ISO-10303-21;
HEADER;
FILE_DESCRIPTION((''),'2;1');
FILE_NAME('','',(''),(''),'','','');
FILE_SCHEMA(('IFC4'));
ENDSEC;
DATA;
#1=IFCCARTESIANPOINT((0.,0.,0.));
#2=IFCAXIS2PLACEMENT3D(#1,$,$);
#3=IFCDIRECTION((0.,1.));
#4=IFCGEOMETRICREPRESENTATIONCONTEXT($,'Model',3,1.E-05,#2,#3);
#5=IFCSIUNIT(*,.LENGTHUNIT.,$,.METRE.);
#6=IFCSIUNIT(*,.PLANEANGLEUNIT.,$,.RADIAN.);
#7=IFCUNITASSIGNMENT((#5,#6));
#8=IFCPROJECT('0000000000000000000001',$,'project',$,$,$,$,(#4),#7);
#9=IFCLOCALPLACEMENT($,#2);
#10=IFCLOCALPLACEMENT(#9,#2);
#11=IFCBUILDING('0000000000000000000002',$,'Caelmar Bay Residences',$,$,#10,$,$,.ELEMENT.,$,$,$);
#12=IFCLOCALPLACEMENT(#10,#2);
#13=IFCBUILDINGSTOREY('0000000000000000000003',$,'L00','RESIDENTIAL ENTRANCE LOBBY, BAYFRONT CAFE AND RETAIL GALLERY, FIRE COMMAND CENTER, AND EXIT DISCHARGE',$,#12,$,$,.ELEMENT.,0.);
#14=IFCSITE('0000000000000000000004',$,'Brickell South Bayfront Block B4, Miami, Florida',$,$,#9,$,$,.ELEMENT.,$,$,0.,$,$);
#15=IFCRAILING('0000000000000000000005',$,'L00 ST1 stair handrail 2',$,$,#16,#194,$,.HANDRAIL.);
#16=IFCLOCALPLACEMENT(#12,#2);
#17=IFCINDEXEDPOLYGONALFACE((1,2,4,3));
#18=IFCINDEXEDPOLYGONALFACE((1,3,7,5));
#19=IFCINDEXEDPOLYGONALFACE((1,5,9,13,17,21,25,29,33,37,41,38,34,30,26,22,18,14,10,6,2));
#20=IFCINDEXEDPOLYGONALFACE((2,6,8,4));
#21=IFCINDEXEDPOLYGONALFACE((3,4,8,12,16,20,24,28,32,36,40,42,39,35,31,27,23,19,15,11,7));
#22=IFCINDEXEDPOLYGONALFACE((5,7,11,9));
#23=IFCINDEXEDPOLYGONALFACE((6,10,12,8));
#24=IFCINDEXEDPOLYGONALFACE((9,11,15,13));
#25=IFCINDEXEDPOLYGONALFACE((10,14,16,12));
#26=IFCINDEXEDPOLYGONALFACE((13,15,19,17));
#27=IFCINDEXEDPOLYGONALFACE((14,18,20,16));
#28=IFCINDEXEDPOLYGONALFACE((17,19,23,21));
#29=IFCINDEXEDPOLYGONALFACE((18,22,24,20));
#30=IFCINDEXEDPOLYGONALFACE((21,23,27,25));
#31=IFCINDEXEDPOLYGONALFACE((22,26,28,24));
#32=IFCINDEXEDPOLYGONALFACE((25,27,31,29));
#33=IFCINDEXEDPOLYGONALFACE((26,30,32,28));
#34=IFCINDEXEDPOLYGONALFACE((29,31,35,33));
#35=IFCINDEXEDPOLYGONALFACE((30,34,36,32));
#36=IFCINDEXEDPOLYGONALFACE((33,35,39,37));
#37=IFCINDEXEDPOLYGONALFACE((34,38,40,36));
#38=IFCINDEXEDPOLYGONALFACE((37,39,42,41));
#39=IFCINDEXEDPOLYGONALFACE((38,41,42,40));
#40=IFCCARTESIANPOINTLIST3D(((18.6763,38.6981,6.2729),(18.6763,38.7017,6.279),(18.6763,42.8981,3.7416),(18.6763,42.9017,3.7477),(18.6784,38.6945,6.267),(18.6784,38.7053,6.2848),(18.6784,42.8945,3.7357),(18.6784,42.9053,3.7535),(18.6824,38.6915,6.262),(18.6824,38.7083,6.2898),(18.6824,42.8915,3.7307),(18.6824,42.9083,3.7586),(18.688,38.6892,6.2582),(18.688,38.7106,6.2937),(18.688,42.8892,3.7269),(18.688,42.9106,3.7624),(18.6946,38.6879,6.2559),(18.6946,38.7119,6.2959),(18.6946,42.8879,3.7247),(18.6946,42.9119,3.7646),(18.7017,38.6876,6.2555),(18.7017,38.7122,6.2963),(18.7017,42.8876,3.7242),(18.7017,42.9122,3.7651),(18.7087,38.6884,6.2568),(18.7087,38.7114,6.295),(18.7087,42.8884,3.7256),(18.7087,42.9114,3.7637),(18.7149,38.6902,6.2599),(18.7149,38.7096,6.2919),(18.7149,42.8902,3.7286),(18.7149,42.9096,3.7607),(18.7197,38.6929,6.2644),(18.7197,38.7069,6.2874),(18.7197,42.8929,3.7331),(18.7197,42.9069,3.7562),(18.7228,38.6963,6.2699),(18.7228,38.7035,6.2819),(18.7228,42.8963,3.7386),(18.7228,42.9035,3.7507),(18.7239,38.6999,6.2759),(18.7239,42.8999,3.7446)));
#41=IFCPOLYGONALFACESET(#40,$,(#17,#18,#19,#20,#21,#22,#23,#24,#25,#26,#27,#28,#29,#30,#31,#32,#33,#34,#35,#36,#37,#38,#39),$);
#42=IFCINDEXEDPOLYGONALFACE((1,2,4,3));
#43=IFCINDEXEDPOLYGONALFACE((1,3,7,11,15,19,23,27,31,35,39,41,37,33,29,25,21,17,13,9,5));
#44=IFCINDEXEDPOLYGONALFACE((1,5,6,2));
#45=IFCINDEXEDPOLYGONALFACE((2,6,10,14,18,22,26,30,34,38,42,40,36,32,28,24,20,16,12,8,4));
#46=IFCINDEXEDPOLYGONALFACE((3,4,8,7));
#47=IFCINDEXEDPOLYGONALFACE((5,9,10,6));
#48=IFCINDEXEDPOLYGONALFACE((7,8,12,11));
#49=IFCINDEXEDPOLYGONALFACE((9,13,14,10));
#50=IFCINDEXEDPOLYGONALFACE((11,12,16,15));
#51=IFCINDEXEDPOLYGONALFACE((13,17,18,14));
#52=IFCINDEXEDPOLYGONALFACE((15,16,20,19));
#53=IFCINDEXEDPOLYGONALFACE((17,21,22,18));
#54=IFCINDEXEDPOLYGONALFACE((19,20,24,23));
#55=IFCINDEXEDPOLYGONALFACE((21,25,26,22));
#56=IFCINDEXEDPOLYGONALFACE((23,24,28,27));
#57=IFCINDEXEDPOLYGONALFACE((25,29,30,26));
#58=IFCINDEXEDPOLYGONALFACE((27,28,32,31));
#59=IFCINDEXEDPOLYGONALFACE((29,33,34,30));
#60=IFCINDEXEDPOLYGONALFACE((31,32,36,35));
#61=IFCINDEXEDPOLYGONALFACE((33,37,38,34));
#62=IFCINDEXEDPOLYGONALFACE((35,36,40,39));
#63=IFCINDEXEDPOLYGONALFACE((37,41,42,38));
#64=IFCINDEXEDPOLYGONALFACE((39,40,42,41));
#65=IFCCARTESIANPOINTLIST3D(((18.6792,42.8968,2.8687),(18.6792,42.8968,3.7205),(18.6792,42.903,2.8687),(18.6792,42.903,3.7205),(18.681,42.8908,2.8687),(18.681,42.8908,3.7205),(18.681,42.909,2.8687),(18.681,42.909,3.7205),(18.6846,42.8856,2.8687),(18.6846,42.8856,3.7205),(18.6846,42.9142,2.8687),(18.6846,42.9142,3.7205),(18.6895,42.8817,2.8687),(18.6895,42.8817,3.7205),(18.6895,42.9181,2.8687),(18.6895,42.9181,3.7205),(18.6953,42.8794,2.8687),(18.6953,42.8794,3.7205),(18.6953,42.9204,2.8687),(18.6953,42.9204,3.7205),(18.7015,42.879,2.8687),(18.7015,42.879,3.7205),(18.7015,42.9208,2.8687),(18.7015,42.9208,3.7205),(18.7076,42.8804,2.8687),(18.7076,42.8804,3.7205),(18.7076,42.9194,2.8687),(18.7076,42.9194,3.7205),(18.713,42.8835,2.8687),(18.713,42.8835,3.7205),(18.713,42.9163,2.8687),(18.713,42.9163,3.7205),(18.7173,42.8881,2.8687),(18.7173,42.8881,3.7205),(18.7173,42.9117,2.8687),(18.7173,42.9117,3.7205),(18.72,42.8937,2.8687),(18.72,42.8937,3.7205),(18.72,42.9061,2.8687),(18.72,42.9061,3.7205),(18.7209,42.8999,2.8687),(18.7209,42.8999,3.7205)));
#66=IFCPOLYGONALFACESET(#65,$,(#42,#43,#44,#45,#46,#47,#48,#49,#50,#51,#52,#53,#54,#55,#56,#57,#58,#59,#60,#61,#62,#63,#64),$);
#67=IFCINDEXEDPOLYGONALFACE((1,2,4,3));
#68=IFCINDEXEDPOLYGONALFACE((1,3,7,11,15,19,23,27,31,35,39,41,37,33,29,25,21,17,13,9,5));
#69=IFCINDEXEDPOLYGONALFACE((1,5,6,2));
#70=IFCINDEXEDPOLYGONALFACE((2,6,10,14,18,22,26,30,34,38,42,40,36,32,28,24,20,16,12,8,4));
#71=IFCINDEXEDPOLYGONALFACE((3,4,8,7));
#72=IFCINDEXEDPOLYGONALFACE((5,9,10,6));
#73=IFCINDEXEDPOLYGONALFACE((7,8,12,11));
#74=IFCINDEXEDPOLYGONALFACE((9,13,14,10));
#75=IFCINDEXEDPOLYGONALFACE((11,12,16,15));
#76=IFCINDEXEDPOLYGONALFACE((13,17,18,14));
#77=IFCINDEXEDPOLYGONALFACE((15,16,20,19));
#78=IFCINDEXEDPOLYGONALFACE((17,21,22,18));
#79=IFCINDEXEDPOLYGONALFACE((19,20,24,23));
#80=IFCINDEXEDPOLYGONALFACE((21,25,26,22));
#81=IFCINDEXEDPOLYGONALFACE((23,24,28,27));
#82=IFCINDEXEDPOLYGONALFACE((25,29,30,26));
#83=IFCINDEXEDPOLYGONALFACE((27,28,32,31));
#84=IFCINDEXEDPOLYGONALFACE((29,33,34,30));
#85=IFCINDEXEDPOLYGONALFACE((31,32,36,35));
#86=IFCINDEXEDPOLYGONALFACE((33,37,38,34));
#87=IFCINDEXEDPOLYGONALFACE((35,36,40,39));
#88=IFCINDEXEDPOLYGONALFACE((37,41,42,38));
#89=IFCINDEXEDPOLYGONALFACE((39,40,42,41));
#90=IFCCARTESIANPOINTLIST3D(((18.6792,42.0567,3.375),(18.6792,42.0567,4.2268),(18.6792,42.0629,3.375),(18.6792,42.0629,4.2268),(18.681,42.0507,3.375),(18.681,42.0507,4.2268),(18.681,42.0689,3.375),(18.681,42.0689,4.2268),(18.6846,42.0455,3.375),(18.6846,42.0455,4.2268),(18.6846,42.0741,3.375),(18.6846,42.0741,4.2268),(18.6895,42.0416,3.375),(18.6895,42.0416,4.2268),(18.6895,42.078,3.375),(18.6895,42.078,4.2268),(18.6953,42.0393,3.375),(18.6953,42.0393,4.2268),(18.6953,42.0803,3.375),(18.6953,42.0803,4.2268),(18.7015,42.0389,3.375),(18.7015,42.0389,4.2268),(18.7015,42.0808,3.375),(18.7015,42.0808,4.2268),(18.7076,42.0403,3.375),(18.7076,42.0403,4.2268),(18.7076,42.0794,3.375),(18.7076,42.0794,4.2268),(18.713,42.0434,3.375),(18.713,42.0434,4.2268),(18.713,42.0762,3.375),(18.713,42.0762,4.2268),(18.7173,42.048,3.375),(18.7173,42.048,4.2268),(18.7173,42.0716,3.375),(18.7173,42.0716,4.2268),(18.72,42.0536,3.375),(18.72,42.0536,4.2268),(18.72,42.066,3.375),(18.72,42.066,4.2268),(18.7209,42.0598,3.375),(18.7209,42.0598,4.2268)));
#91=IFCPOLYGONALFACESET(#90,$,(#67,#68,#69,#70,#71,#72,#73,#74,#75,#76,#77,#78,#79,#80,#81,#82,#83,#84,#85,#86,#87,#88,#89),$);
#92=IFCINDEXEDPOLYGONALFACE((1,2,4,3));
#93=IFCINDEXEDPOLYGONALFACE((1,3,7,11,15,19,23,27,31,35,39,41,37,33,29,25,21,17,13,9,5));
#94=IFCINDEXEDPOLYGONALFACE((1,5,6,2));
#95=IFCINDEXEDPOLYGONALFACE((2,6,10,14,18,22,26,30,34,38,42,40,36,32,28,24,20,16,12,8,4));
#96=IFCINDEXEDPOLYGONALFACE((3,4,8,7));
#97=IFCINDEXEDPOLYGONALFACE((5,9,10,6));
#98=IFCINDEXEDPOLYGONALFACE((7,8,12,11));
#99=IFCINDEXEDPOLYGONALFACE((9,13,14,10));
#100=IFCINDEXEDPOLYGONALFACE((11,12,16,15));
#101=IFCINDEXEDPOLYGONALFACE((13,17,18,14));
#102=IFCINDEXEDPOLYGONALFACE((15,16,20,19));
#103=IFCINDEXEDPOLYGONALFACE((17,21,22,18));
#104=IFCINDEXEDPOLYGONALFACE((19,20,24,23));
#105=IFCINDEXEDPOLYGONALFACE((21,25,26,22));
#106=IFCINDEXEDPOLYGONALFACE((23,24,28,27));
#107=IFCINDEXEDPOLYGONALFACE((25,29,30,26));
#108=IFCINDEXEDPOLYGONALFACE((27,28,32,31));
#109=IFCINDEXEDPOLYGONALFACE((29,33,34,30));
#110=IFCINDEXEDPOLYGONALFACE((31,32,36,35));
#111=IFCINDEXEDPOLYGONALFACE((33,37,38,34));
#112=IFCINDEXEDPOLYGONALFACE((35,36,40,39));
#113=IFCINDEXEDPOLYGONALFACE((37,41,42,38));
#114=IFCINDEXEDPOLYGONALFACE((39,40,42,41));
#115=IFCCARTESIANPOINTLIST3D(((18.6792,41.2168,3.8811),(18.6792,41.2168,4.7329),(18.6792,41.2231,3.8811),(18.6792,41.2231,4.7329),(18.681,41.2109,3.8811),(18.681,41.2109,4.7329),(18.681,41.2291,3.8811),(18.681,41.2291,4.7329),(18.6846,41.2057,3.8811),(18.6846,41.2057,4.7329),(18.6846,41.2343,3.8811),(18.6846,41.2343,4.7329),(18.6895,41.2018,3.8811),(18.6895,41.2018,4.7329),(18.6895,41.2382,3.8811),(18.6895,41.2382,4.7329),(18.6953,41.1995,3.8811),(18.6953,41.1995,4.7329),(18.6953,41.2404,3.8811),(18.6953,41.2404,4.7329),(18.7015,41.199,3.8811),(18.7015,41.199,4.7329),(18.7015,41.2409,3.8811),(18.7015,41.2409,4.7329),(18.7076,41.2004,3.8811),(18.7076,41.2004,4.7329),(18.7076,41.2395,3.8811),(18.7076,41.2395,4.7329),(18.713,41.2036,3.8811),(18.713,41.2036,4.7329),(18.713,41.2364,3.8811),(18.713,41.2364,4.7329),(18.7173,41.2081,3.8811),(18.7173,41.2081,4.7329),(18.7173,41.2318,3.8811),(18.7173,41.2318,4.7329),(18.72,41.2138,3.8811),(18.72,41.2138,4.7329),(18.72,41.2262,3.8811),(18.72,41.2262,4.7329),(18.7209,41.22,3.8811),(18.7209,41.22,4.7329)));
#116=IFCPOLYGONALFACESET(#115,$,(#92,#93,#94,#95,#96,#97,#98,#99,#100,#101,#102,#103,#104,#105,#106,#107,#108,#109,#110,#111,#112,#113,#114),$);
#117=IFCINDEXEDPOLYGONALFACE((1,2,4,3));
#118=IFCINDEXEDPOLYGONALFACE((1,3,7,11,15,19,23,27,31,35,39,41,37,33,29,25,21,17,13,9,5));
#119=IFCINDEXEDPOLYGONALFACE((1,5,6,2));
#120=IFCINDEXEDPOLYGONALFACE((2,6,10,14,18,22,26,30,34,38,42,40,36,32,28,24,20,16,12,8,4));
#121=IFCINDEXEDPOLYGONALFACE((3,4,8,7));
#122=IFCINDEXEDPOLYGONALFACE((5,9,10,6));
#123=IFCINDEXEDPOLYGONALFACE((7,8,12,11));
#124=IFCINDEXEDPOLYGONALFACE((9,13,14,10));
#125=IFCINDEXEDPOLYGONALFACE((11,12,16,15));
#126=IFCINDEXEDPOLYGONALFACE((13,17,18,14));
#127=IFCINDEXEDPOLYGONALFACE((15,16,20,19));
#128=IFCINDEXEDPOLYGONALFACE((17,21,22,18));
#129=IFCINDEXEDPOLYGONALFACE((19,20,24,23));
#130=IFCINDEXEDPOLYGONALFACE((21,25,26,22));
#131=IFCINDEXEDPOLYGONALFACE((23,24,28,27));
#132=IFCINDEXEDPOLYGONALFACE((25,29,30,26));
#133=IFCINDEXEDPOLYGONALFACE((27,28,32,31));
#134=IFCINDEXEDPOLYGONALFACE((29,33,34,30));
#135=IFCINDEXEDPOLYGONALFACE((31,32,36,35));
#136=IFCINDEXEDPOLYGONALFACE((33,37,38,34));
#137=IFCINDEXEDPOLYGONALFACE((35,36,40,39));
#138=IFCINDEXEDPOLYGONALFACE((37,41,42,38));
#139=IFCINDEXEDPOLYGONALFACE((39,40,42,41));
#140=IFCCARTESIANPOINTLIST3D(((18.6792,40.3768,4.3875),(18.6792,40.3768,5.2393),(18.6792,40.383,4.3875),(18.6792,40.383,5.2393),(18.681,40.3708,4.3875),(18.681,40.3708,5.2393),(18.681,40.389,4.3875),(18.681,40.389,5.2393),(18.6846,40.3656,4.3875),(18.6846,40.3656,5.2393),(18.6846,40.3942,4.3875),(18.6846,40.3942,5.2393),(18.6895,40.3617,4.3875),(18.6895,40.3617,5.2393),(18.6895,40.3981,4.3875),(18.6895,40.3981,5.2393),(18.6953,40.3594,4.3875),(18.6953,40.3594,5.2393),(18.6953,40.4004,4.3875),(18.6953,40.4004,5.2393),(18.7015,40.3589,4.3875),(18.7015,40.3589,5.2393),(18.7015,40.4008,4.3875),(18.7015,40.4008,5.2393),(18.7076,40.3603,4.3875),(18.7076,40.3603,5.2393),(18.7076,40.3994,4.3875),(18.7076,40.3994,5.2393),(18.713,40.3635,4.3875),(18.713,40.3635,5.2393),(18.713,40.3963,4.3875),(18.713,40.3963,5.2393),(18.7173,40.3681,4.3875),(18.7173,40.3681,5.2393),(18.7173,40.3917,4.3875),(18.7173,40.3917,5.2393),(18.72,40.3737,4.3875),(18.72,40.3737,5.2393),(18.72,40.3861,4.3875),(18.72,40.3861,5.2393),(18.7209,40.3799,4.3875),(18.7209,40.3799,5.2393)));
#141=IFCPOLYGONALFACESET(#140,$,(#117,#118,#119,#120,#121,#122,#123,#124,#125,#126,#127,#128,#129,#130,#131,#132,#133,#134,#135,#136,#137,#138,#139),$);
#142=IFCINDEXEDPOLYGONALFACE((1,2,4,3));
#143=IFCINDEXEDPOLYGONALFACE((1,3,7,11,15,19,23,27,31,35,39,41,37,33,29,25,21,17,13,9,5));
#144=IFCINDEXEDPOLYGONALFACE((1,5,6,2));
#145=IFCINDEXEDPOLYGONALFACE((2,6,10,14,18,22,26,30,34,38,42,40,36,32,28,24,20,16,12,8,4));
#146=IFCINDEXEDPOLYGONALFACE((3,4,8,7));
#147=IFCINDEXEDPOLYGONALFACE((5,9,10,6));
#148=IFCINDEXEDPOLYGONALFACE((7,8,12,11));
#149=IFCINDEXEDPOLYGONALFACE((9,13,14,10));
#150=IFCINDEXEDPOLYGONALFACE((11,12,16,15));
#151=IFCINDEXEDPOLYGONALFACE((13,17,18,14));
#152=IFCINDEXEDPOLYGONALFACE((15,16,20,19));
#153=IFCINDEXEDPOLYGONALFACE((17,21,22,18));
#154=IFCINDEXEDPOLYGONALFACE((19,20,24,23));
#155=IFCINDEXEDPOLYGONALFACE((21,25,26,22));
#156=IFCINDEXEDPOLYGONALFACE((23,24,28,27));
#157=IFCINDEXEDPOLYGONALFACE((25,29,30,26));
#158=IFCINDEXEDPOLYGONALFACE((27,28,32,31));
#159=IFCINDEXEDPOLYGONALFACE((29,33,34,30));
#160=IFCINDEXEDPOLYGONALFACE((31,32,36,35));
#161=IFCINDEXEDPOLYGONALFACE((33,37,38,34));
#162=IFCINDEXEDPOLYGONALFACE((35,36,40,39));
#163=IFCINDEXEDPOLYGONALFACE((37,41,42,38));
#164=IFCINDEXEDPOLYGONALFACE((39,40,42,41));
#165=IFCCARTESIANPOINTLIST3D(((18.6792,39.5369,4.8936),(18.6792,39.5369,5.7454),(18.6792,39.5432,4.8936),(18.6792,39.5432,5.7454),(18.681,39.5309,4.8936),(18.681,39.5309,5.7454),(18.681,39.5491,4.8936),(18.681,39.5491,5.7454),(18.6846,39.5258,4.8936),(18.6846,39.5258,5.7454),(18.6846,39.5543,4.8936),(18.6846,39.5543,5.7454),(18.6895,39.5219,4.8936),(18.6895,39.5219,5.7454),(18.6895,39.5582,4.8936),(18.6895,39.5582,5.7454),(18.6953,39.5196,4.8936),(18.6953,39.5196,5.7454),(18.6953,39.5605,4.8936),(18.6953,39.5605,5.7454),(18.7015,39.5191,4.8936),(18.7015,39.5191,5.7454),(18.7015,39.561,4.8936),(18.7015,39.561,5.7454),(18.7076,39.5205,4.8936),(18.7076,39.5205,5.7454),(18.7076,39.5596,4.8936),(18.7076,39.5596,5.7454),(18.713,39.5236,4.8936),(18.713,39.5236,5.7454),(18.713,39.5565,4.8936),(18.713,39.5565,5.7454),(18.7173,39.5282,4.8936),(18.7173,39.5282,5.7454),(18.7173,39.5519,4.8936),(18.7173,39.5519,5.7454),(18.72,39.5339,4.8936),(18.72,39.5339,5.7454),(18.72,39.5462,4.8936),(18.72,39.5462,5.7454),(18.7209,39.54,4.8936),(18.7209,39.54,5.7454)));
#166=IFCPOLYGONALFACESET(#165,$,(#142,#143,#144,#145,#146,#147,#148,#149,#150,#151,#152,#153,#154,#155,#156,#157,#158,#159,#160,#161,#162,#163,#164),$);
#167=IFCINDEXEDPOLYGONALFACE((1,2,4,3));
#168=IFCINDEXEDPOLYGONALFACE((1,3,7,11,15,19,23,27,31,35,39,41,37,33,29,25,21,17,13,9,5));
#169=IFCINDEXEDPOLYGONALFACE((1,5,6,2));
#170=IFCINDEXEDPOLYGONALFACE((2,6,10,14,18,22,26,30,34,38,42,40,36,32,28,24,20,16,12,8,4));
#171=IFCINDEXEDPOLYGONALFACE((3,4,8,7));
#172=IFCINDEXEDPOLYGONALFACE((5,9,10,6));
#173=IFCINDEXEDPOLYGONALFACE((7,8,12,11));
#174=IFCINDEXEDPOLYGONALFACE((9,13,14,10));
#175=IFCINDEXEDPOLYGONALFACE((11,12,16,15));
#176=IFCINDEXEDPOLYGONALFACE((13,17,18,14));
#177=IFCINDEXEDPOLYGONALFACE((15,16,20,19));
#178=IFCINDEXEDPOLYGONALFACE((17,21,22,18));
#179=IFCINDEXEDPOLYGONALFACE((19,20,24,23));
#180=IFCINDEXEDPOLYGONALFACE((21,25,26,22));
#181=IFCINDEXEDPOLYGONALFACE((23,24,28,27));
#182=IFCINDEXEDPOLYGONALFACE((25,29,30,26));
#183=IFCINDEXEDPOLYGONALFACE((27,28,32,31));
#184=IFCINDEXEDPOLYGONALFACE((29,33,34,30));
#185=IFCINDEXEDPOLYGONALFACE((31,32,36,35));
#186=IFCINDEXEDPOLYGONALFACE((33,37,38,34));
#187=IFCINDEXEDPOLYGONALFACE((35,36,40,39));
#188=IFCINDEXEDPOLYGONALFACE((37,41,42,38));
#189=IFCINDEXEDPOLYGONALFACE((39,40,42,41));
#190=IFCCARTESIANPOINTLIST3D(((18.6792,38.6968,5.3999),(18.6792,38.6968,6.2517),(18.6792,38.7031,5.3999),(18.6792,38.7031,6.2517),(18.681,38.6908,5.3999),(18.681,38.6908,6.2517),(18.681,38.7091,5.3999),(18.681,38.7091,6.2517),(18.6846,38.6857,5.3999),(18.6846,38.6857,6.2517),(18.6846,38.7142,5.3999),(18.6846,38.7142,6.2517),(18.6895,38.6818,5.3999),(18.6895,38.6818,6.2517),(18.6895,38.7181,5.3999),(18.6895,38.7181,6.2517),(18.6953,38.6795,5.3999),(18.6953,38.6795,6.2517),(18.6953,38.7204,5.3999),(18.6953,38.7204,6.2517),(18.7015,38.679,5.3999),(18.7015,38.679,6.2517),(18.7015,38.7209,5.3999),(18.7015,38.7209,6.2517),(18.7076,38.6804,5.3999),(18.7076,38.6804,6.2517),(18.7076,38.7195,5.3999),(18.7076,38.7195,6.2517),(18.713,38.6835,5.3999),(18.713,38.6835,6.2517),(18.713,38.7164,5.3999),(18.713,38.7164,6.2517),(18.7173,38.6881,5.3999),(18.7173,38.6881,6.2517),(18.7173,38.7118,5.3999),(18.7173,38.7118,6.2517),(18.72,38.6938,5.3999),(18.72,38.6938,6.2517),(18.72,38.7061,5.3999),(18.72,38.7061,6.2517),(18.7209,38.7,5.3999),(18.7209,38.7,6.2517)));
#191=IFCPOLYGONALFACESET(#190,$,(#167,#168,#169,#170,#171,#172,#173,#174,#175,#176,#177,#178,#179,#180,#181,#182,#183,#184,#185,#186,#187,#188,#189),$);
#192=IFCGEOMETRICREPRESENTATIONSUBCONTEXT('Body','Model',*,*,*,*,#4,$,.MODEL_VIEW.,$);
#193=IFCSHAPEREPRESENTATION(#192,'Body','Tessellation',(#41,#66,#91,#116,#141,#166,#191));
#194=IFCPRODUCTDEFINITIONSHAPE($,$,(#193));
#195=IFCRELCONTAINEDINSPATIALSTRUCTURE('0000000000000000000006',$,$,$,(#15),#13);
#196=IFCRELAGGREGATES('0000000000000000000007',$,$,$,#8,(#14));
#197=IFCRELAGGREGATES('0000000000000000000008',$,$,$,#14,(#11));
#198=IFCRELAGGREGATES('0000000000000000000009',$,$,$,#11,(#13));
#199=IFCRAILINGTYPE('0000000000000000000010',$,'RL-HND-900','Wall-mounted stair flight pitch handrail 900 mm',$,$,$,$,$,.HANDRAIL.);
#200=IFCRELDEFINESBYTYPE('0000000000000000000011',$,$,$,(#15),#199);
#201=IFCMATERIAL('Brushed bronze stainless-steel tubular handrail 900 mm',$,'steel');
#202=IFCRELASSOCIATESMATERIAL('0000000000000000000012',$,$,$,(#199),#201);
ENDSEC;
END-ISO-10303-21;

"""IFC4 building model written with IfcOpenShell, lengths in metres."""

from ifc_helpers import new_model, si_unit, direction, frame, origin, origin_2d, place, context, subcontext, project, spatial, circle, extrude, material, type_object, element, save


model = new_model("IFC4")

# Units and contexts
model_context = context("Model", 3, precision=1e-05, world=origin(), true_north=direction((0.0, 1.0)))
body_context = subcontext(model_context, "Body", "Model", "MODEL_VIEW")
ifc_project = project(units=[si_unit("LENGTHUNIT", "METRE"), si_unit("PLANEANGLEUNIT", "RADIAN")], contexts=[model_context])

# Site, building, storey
site_placement = place(None, origin())
site = spatial("IfcSite", under=ifc_project, at=site_placement, Name="Brickell South Bayfront Block B4, Miami, Florida", CompositionType="ELEMENT", RefElevation=0.0)
building_placement = place(site_placement, origin())
building = spatial("IfcBuilding", under=site, at=building_placement, Name="Caelmar Bay Residences", CompositionType="ELEMENT")
storey_placement = place(building_placement, origin())
storey = spatial("IfcBuildingStorey", under=building, at=storey_placement, Name="L00", Description="RESIDENTIAL ENTRANCE LOBBY, BAYFRONT CAFE AND RETAIL GALLERY, FIRE COMMAND CENTER, AND EXIT DISCHARGE", CompositionType="ELEMENT", Elevation=0.0)

# Railing
ifc_material_1 = material(Name="Brushed bronze stainless-steel tubular handrail 900 mm", Category="steel")
railing_type = type_object("IfcRailingType", Name="RL-HND-900", Description="Wall-mounted stair flight pitch handrail 900 mm", PredefinedType="HANDRAIL", material=ifc_material_1)
railing_placement = place(storey_placement, frame((18.7, 42.8999, 2.8687)))
element("IfcRailing", 1, at=railing_placement, inside=storey, type_object=railing_type, Name="L00 ST1 stair handrail 2", PredefinedType="HANDRAIL", context=body_context, shape_type="SweptSolid", body=[
    extrude(circle(Radius=0.0239, at=origin_2d()), frame((0.0, 0.0, 0.876), z_axis=(0.0, -0.856476, 0.516186), x_axis=(1.0, 0.0, 0.0)), (0.0, 0.0, 1.0), 4.9038),
    extrude(circle(Radius=0.021, at=origin_2d()), origin(), (0.0, 0.0, 1.0), 0.8518),
    extrude(circle(Radius=0.021, at=origin_2d()), frame((0.0, -0.8401, 0.5063)), (0.0, 0.0, 1.0), 0.8518),
    extrude(circle(Radius=0.021, at=origin_2d()), frame((0.0, -1.6799, 1.0125)), (0.0, 0.0, 1.0), 0.8518),
    extrude(circle(Radius=0.021, at=origin_2d()), frame((0.0, -2.52, 1.5188)), (0.0, 0.0, 1.0), 0.8518),
    extrude(circle(Radius=0.021, at=origin_2d()), frame((0.0, -3.3599, 2.0249)), (0.0, 0.0, 1.0), 0.8518),
    extrude(circle(Radius=0.021, at=origin_2d()), frame((0.0, -4.2, 2.5312)), (0.0, 0.0, 1.0), 0.8518),
])

save(model, "model.ifc")
